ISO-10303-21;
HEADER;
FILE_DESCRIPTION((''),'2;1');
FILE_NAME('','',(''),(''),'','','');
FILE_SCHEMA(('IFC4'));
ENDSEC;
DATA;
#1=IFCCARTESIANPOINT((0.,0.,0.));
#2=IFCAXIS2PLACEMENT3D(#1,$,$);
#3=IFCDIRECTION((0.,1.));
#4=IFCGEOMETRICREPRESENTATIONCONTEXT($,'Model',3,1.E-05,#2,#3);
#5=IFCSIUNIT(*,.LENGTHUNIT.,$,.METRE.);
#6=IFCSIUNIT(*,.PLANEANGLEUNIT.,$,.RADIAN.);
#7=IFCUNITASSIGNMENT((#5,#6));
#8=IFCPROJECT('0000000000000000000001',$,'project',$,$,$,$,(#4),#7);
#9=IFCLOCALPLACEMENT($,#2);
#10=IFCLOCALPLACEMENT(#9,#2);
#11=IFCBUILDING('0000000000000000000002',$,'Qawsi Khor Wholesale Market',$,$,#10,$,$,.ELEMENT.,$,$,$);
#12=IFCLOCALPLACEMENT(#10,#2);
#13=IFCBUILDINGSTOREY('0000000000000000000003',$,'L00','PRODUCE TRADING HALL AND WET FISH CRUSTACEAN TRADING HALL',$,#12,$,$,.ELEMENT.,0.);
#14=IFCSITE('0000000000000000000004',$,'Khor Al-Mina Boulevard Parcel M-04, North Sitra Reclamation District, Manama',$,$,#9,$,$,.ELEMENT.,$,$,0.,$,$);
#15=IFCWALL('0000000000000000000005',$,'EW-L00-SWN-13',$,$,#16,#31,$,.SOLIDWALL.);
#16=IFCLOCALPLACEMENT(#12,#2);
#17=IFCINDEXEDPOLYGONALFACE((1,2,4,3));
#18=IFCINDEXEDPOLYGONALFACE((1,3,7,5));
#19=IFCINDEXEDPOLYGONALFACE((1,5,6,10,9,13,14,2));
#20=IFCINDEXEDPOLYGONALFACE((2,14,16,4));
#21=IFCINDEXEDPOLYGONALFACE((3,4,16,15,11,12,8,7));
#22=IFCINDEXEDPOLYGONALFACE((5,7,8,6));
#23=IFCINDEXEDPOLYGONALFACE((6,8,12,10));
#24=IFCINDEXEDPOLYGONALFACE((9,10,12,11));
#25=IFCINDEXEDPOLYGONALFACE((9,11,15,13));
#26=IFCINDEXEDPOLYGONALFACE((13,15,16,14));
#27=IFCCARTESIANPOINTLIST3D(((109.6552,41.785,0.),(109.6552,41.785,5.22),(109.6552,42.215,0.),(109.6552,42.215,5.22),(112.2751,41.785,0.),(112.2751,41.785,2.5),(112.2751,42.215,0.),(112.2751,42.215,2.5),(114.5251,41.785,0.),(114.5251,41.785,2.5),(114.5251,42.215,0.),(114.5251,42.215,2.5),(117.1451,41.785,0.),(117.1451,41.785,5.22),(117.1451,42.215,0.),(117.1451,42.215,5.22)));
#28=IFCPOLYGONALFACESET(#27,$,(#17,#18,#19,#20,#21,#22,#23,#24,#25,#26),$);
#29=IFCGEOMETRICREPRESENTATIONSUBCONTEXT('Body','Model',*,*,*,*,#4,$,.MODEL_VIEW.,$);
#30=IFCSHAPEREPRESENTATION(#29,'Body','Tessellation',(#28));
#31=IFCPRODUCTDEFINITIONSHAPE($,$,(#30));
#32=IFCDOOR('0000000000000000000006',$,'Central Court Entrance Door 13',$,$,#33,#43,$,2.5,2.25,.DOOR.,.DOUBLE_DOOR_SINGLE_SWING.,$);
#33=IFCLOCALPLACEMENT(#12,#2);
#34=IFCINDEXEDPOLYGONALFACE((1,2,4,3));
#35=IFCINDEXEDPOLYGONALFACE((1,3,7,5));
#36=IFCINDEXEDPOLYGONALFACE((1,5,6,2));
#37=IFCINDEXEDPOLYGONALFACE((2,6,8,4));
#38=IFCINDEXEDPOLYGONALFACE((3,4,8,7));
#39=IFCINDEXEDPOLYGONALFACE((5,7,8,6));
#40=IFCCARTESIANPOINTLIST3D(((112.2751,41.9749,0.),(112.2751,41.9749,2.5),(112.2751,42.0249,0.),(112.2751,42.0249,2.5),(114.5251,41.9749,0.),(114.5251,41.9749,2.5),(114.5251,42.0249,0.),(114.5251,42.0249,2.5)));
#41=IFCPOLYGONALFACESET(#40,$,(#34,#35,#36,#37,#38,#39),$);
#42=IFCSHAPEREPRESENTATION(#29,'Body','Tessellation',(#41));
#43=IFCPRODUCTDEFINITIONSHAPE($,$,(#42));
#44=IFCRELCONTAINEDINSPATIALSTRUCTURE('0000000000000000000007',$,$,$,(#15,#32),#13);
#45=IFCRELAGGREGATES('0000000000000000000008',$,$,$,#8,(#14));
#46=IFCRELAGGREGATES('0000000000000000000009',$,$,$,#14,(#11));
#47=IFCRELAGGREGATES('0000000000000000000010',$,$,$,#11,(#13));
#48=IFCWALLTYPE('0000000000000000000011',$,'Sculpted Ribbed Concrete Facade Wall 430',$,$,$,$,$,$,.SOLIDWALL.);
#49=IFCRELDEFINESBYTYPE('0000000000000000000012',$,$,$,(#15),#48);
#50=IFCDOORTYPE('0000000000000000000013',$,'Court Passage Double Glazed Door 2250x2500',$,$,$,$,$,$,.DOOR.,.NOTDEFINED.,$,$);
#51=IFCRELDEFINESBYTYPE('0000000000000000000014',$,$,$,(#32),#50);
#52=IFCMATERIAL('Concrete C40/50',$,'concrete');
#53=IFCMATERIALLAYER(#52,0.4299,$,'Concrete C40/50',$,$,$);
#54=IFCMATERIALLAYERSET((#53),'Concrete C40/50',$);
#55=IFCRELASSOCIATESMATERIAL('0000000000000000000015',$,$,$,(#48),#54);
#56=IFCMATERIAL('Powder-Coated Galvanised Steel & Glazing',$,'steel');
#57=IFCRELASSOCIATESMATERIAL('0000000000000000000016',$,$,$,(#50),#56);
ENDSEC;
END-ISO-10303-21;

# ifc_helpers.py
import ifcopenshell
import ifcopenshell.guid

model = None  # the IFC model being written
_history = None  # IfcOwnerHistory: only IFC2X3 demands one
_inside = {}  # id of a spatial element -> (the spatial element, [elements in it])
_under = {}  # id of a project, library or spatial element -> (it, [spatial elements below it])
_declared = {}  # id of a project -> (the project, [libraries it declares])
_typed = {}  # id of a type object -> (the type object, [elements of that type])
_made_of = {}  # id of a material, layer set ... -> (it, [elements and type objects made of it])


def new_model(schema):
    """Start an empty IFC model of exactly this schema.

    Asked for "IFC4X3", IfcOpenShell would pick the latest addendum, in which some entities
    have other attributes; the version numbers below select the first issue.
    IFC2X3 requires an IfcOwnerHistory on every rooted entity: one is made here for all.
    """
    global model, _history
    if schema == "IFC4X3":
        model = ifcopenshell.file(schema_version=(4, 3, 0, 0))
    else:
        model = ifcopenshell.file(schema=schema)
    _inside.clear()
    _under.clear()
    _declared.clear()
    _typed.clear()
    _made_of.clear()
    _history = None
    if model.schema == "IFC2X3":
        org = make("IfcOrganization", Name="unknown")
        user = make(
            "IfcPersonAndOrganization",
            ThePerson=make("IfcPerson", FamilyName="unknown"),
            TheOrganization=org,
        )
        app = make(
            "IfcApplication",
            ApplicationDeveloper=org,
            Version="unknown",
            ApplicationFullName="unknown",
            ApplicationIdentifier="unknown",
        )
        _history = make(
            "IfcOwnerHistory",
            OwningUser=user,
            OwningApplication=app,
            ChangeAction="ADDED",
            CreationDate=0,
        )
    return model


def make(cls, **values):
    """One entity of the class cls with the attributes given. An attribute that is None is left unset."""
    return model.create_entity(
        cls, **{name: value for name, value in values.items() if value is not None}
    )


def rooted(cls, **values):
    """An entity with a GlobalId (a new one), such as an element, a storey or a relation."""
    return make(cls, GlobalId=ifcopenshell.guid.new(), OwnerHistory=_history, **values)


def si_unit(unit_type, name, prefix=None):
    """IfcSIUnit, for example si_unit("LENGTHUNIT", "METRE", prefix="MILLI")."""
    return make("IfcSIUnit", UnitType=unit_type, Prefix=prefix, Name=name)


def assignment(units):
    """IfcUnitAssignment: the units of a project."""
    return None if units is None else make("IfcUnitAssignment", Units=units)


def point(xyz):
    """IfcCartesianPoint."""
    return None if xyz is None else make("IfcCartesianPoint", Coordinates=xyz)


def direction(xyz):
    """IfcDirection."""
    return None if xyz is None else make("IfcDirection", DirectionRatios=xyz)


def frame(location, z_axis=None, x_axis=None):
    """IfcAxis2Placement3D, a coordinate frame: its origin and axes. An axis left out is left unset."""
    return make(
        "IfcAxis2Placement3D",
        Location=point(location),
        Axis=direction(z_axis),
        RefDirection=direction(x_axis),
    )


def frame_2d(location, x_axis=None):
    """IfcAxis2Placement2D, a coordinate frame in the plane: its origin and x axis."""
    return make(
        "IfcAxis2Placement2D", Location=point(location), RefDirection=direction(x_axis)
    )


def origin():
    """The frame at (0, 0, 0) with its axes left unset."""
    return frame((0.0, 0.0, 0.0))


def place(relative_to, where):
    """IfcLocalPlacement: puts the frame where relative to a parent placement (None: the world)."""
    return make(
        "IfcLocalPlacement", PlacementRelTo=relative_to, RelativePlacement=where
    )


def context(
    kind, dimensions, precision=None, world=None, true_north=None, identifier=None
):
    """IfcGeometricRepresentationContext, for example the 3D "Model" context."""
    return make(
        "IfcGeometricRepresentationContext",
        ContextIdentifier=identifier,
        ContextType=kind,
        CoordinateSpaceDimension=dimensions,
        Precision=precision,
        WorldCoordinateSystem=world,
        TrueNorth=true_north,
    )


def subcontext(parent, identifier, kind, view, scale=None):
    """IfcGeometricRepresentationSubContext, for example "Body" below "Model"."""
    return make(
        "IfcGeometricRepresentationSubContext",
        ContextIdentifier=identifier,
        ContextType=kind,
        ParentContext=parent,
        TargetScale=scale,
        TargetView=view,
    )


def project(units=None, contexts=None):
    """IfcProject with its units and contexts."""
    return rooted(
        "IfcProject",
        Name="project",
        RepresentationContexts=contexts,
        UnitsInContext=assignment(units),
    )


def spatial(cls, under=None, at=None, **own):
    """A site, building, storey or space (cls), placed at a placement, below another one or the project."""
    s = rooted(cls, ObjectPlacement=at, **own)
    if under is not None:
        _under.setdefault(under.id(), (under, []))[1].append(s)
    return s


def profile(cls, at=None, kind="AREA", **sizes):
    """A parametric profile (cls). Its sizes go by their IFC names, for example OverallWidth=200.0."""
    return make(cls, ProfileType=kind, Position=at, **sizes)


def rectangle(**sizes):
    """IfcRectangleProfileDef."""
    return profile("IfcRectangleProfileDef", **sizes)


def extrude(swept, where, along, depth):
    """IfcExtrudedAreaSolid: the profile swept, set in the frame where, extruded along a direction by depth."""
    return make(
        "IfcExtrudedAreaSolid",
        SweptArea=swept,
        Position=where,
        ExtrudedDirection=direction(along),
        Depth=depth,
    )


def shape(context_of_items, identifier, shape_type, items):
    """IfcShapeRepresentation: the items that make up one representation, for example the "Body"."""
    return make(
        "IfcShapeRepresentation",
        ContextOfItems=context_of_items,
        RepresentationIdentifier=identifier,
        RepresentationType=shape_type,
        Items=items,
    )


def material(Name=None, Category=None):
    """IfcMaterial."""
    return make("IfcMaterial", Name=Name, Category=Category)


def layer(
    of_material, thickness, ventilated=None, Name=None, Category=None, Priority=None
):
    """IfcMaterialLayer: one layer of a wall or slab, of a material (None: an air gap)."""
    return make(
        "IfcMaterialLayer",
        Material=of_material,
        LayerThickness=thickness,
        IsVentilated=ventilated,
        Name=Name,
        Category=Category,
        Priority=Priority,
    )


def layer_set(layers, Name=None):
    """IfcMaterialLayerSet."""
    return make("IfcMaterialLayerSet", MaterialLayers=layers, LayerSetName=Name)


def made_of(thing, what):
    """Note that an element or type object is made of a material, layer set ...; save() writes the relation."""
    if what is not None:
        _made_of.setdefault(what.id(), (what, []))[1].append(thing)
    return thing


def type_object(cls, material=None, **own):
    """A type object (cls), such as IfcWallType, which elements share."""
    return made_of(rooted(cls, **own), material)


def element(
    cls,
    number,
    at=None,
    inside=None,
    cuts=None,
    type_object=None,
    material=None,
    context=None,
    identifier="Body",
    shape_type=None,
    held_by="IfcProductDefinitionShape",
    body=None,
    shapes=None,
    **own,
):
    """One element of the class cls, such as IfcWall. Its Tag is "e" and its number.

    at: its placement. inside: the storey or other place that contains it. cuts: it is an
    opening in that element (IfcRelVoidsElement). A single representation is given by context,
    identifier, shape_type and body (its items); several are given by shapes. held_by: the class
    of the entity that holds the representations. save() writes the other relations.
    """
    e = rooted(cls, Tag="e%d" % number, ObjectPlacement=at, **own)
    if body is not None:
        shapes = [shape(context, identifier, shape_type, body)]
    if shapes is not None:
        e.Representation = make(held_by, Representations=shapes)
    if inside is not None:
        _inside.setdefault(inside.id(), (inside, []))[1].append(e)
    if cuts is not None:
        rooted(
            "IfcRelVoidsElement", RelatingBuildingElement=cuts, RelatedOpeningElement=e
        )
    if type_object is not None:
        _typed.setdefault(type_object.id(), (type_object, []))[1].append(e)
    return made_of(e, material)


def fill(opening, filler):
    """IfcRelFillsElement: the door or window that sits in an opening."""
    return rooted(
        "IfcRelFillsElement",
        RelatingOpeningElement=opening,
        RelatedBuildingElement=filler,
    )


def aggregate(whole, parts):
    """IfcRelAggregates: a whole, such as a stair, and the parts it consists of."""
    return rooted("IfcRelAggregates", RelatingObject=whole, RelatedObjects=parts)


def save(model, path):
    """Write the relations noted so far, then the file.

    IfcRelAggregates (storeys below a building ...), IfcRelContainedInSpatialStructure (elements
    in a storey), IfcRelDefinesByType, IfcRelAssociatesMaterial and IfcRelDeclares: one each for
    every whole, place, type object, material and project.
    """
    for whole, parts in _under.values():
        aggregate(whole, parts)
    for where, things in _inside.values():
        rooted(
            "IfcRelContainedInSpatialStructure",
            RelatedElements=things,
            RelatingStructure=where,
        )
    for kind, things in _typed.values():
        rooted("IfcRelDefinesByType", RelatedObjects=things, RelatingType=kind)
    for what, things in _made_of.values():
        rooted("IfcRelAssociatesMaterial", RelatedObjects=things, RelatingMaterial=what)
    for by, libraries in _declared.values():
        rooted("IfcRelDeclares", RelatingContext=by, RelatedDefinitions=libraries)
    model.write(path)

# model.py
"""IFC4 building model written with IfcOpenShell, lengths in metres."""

from ifc_helpers import new_model, si_unit, direction, frame, frame_2d, origin, place, context, subcontext, project, spatial, rectangle, extrude, material, layer, layer_set, type_object, element, fill, save


model = new_model("IFC4")

# Units and contexts
model_context = context("Model", 3, precision=1e-05, world=origin(), true_north=direction((0.0, 1.0)))
body_context = subcontext(model_context, "Body", "Model", "MODEL_VIEW")
ifc_project = project(units=[si_unit("LENGTHUNIT", "METRE"), si_unit("PLANEANGLEUNIT", "RADIAN")], contexts=[model_context])

# Site, building, storey
site_placement = place(None, origin())
site = spatial("IfcSite", under=ifc_project, at=site_placement, Name="Khor Al-Mina Boulevard Parcel M-04, North Sitra Reclamation District, Manama", CompositionType="ELEMENT", RefElevation=0.0)
building_placement = place(site_placement, origin())
building = spatial("IfcBuilding", under=site, at=building_placement, Name="Qawsi Khor Wholesale Market", CompositionType="ELEMENT")
storey_placement = place(building_placement, origin())
storey = spatial("IfcBuildingStorey", under=building, at=storey_placement, Name="L00", Description="PRODUCE TRADING HALL AND WET FISH CRUSTACEAN TRADING HALL", CompositionType="ELEMENT", Elevation=0.0)

# Shared definitions
ifc_material_1 = material(Name="Concrete C40/50", Category="concrete")

# Wall, opening, door
ifc_layer_1 = layer(ifc_material_1, 0.4299, Name="Concrete C40/50")
ifc_layer_set_1 = layer_set([ifc_layer_1], Name="Concrete C40/50")
wall_type = type_object("IfcWallType", Name="Sculpted Ribbed Concrete Facade Wall 430", PredefinedType="SOLIDWALL", material=ifc_layer_set_1)
wall_placement = place(storey_placement, frame((109.655, 42.0, 0.0), z_axis=(0.0, 0.0, 1.0), x_axis=(1.0, 0.0, 0.0)))
wall = element("IfcWall", 1, at=wall_placement, inside=storey, type_object=wall_type, Name="EW-L00-SWN-13", PredefinedType="SOLIDWALL", context=body_context, shape_type="SweptSolid", body=[
    extrude(rectangle(XDim=7.49, YDim=0.4299, at=frame_2d((3.7451, 0.0))), origin(), (0.0, 0.0, 1.0), 5.22),
])
opening_placement = place(wall_placement, frame((2.6201, 0.0, 0.0)))
opening = element("IfcOpeningElement", 2, at=opening_placement, cuts=wall, PredefinedType="OPENING", context=body_context, shape_type="SweptSolid", body=[
    extrude(rectangle(XDim=2.25, YDim=2.5, at=frame_2d((1.125, 1.25))), frame((0.0, 0.2249, 0.0), z_axis=(0.0, -1.0, 0.0), x_axis=(1.0, 0.0, 0.0)), (0.0, 0.0, 1.0), 0.45),
])
ifc_material_2 = material(Name="Powder-Coated Galvanised Steel & Glazing", Category="steel")
door_type = type_object("IfcDoorType", Name="Court Passage Double Glazed Door 2250x2500", OperationType="NOTDEFINED", PredefinedType="DOOR", material=ifc_material_2)
door_placement = place(opening_placement, origin())
door = element("IfcDoor", 3, at=door_placement, inside=storey, type_object=door_type, Name="Central Court Entrance Door 13", OperationType="DOUBLE_DOOR_SINGLE_SWING", OverallHeight=2.5, OverallWidth=2.25, PredefinedType="DOOR", context=body_context, shape_type="SweptSolid", body=[
    extrude(rectangle(XDim=2.25, YDim=2.5, at=frame_2d((1.125, 1.25))), frame((0.0, 0.0249, 0.0), z_axis=(0.0, -1.0, 0.0), x_axis=(1.0, 0.0, 0.0)), (0.0, 0.0, 1.0), 0.05),
])
fill(opening, door)

save(model, "model.ifc")
